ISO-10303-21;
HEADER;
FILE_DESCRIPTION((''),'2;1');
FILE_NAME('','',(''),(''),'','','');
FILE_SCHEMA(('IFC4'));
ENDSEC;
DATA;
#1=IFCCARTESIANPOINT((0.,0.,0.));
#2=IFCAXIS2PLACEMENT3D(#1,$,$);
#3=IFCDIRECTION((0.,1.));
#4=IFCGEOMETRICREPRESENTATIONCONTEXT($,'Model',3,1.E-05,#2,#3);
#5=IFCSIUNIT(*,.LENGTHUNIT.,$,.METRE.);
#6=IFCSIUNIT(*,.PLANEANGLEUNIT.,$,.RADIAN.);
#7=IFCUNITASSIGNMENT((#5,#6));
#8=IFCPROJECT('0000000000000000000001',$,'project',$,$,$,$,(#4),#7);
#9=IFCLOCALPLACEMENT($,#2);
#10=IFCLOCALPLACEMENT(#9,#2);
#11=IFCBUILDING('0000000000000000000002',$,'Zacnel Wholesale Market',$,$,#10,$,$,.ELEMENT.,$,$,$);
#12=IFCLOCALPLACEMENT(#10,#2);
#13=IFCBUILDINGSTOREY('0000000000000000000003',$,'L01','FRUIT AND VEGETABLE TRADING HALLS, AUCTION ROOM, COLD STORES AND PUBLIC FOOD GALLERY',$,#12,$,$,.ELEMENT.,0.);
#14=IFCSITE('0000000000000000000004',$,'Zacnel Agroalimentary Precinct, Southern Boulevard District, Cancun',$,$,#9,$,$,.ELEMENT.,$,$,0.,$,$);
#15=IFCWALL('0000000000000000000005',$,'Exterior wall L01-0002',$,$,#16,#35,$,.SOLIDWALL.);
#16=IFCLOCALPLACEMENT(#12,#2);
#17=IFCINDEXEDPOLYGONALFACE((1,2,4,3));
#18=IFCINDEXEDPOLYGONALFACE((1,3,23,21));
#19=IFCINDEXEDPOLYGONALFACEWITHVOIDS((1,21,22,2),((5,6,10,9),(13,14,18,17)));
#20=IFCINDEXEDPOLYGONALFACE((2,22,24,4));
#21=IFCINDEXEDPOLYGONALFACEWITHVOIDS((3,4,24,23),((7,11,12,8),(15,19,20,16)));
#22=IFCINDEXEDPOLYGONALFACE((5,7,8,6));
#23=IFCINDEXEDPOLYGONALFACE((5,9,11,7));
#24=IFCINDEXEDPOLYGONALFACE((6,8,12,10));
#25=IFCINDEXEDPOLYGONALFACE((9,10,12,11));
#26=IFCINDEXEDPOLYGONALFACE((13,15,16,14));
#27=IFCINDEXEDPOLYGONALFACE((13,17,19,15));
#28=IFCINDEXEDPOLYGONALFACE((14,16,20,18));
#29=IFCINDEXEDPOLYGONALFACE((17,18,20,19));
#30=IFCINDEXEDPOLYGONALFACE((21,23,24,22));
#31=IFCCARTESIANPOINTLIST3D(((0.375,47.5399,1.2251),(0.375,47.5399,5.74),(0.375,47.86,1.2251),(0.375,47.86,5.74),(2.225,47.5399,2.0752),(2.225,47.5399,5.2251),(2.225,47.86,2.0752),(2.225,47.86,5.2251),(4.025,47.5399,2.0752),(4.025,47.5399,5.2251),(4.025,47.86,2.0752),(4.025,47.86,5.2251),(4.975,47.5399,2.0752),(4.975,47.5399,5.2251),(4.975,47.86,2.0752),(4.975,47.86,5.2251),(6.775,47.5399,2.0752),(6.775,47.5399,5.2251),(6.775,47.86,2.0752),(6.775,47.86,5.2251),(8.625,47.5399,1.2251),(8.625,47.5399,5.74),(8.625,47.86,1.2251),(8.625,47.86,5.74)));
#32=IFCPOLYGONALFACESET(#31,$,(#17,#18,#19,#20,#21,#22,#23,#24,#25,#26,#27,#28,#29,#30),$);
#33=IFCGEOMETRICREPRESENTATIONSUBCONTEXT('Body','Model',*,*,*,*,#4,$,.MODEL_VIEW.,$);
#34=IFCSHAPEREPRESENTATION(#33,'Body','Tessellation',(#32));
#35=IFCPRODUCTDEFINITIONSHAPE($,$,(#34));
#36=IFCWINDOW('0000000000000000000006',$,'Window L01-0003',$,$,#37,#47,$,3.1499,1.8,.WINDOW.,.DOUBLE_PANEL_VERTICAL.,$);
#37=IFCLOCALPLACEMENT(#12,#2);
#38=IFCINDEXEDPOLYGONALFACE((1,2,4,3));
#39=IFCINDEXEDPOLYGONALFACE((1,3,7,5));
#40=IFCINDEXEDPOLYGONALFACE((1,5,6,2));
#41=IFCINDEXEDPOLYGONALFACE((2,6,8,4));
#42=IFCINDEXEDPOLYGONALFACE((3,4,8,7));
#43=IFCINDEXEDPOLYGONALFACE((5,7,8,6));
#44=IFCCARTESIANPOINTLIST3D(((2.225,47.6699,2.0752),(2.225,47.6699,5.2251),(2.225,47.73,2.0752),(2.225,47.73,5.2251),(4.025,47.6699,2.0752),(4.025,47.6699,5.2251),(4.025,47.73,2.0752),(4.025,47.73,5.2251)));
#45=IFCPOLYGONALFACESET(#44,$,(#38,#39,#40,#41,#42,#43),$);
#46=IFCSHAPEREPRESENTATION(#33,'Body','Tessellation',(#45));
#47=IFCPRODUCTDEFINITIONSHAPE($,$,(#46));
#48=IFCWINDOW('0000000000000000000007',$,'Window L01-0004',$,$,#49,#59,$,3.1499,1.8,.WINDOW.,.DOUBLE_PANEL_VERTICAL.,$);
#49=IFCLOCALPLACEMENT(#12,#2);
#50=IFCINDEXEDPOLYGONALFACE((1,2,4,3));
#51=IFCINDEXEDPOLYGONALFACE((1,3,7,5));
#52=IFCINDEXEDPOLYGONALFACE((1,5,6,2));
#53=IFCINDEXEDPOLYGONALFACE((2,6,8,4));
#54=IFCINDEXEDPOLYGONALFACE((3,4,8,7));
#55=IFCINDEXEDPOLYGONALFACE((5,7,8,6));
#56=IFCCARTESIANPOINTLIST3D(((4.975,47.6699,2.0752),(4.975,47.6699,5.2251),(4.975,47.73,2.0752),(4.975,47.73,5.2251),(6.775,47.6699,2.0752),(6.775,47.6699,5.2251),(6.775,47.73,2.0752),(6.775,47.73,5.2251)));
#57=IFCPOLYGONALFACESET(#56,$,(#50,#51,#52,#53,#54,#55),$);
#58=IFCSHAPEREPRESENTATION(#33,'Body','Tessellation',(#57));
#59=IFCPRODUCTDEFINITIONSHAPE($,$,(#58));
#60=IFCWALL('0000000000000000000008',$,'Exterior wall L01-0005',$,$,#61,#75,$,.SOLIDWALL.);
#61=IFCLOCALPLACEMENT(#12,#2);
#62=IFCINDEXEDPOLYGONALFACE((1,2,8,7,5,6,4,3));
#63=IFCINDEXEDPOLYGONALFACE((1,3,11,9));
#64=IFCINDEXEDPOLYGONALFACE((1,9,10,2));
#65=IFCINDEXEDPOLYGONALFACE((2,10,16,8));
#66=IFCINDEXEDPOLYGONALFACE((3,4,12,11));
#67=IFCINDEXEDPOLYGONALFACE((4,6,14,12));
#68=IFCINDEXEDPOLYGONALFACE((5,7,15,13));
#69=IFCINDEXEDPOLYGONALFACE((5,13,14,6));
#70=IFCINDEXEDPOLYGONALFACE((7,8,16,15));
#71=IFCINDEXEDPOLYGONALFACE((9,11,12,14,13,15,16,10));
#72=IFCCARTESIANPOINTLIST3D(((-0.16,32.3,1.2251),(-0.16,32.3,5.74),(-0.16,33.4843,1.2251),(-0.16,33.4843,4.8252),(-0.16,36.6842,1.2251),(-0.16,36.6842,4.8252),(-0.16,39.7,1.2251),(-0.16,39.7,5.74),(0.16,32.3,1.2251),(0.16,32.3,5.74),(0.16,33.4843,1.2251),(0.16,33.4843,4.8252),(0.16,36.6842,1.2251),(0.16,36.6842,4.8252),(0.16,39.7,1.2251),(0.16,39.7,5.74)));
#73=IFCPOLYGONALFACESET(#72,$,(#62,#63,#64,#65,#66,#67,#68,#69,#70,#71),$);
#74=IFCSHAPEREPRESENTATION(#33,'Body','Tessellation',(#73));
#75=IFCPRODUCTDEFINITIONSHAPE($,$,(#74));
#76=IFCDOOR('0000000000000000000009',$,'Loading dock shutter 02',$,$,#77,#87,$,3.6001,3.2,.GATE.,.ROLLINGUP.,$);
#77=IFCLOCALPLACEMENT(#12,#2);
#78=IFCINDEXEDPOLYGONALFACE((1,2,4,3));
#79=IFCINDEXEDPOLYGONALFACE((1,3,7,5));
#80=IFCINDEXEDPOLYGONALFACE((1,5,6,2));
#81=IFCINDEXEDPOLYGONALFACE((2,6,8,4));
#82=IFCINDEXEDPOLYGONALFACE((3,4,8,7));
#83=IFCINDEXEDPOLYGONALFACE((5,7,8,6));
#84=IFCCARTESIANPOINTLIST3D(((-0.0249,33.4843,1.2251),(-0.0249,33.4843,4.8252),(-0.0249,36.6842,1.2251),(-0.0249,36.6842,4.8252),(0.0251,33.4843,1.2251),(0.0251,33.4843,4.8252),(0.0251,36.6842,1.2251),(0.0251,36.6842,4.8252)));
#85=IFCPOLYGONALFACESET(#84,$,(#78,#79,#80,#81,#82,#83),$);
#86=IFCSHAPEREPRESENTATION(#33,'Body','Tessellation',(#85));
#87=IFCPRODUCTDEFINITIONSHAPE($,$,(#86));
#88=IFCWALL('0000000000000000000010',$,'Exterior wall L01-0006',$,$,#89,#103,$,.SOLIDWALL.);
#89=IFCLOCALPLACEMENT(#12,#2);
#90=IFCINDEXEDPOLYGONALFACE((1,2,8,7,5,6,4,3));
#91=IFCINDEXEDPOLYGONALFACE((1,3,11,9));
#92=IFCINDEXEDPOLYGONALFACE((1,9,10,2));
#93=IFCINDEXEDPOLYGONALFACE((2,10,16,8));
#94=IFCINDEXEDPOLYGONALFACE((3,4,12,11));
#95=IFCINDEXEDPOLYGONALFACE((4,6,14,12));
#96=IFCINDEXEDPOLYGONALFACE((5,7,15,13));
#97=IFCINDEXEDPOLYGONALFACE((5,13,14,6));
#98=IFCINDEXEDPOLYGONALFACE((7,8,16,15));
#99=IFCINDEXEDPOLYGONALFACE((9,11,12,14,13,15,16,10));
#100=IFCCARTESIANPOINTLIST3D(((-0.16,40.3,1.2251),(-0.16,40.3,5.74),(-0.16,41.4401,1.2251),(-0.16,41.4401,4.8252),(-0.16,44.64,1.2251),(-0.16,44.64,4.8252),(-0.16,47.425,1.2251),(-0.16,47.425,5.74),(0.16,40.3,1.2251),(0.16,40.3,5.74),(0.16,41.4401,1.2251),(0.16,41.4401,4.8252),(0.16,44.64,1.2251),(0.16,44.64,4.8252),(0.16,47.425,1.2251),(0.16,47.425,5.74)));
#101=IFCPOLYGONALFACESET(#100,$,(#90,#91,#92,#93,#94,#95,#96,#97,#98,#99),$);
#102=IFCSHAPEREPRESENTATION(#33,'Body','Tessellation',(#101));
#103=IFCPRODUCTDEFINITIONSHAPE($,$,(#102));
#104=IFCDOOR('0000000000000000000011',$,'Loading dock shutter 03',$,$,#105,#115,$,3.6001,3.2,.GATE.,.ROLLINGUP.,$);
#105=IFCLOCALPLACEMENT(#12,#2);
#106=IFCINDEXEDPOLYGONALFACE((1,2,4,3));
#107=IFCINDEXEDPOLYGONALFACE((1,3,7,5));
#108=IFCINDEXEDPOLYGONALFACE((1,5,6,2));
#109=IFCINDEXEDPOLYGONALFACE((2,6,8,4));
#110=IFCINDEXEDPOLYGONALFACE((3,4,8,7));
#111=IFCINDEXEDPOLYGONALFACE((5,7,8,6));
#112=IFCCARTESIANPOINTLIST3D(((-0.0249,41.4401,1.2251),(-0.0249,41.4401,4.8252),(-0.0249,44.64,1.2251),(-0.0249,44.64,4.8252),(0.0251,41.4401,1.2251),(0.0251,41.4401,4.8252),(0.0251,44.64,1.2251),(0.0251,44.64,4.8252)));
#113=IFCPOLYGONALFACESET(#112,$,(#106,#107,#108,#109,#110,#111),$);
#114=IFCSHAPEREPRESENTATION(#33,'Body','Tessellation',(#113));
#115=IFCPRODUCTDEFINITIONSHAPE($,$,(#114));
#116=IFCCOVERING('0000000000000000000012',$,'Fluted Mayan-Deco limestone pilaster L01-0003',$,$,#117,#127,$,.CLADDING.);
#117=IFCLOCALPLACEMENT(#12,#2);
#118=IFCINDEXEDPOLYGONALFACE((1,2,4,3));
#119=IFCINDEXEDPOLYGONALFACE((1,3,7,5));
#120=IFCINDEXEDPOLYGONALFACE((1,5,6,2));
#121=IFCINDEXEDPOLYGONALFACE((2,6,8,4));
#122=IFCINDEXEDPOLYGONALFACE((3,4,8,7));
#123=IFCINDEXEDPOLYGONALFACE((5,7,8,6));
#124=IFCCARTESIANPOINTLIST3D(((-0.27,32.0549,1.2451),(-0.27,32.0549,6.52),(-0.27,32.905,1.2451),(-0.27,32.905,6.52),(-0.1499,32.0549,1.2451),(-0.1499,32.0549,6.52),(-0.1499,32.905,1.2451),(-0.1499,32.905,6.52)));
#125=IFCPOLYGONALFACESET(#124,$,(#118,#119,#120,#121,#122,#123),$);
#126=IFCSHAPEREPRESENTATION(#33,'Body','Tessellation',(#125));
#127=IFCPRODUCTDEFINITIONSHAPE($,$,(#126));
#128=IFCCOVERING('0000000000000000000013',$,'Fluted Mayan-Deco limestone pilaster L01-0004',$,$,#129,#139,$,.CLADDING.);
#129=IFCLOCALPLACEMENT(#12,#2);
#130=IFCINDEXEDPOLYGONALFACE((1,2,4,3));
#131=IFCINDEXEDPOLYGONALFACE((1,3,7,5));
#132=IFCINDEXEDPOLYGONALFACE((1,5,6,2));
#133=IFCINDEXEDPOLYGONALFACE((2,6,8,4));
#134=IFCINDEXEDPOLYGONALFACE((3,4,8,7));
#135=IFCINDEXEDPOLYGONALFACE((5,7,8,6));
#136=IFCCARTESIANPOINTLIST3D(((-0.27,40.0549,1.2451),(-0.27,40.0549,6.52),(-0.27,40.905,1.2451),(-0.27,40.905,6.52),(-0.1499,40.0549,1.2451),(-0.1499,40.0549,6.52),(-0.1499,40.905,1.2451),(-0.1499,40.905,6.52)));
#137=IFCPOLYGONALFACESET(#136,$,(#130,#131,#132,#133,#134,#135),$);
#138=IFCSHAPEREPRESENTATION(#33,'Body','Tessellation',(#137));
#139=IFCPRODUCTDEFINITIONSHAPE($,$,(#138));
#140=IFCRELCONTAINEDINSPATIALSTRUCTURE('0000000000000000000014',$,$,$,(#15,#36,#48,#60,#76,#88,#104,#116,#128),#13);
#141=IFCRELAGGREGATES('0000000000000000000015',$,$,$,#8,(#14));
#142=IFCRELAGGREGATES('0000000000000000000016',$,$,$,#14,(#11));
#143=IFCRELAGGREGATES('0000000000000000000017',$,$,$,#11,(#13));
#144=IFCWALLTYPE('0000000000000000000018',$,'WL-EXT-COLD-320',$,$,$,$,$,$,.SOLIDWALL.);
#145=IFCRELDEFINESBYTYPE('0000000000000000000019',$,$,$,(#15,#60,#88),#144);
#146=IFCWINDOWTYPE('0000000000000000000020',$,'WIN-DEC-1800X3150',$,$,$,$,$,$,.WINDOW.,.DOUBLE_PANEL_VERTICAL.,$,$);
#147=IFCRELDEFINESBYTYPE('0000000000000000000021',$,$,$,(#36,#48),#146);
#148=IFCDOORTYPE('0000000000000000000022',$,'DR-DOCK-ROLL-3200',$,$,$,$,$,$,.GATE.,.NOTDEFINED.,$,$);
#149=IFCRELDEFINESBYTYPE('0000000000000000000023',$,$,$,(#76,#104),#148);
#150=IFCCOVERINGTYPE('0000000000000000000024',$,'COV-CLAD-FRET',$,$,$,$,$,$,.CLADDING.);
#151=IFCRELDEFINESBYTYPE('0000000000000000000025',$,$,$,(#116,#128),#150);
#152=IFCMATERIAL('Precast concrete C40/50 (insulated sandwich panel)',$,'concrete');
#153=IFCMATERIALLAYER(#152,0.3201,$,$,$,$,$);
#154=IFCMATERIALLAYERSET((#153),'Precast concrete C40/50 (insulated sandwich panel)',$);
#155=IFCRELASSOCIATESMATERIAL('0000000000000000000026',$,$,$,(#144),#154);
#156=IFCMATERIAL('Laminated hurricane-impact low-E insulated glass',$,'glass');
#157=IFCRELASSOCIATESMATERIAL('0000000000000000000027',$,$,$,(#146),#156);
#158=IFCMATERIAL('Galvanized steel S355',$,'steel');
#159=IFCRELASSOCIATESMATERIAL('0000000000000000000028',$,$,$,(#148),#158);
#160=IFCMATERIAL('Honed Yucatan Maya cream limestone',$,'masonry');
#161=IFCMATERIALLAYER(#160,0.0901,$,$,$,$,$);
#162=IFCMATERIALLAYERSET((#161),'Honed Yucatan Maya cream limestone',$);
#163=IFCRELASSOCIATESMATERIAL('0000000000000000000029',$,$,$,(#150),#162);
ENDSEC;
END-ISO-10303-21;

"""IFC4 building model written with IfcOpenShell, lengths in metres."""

from ifc_helpers import new_model, si_unit, direction, frame, frame_2d, origin, origin_2d, place, context, subcontext, project, spatial, rectangle, extrude, material, layer, layer_set, type_object, element, fill, save


model = new_model("IFC4")

# Units and contexts
model_context = context("Model", 3, precision=1e-05, world=origin(), true_north=direction((0.0, 1.0)))
body_context = subcontext(model_context, "Body", "Model", "MODEL_VIEW")
ifc_project = project(units=[si_unit("LENGTHUNIT", "METRE"), si_unit("PLANEANGLEUNIT", "RADIAN")], contexts=[model_context])

# Site, building, storey
site_placement = place(None, origin())
site = spatial("IfcSite", under=ifc_project, at=site_placement, Name="Zacnel Agroalimentary Precinct, Southern Boulevard District, Cancun", CompositionType="ELEMENT", RefElevation=0.0)
building_placement = place(site_placement, origin())
building = spatial("IfcBuilding", under=site, at=building_placement, Name="Zacnel Wholesale Market", CompositionType="ELEMENT")
storey_placement = place(building_placement, origin())
storey = spatial("IfcBuildingStorey", under=building, at=storey_placement, Name="L01", Description="FRUIT AND VEGETABLE TRADING HALLS, AUCTION ROOM, COLD STORES AND PUBLIC FOOD GALLERY", CompositionType="ELEMENT", Elevation=0.0)

# Wall, openings, windows
ifc_material_1 = material(Name="Precast concrete C40/50 (insulated sandwich panel)", Category="concrete")
ifc_layer_1 = layer(ifc_material_1, 0.3201)
ifc_layer_set_1 = layer_set([ifc_layer_1], Name="Precast concrete C40/50 (insulated sandwich panel)")
wall_type = type_object("IfcWallType", Name="WL-EXT-COLD-320", PredefinedType="SOLIDWALL", material=ifc_layer_set_1)
wall_1_placement = place(storey_placement, frame((0.375, 47.7, 1.2251), z_axis=(0.0, 0.0, 1.0), x_axis=(1.0, 0.0, 0.0)))
wall_1 = element("IfcWall", 1, at=wall_1_placement, inside=storey, type_object=wall_type, Name="Exterior wall L01-0002", PredefinedType="SOLIDWALL", context=body_context, shape_type="SweptSolid", body=[
    extrude(rectangle(XDim=8.25, YDim=0.3201, at=frame_2d((4.125, 0.0))), origin(), (0.0, 0.0, 1.0), 4.5149),
])
opening_1_placement = place(wall_1_placement, frame((1.8501, 0.0, 0.8501)))
opening_1 = element("IfcOpeningElement", 2, at=opening_1_placement, cuts=wall_1, PredefinedType="OPENING", context=body_context, shape_type="SweptSolid", body=[
    extrude(rectangle(XDim=1.8, YDim=3.1499, at=frame_2d((0.8999, 1.575))), frame((0.0, 0.1699, 0.0), z_axis=(0.0, -1.0, 0.0), x_axis=(1.0, 0.0, 0.0)), (0.0, 0.0, 1.0), 0.3401),
])
opening_2_placement = place(wall_1_placement, frame((4.6001, 0.0, 0.8501)))
opening_2 = element("IfcOpeningElement", 3, at=opening_2_placement, cuts=wall_1, PredefinedType="OPENING", context=body_context, shape_type="SweptSolid", body=[
    extrude(rectangle(XDim=1.8, YDim=3.1499, at=frame_2d((0.8999, 1.575))), frame((0.0, 0.1699, 0.0), z_axis=(0.0, -1.0, 0.0), x_axis=(1.0, 0.0, 0.0)), (0.0, 0.0, 1.0), 0.3401),
])
ifc_material_2 = material(Name="Laminated hurricane-impact low-E insulated glass", Category="glass")
window_type = type_object("IfcWindowType", Name="WIN-DEC-1800X3150", PartitioningType="DOUBLE_PANEL_VERTICAL", PredefinedType="WINDOW", material=ifc_material_2)
window_1_placement = place(opening_1_placement, origin())
window_1 = element("IfcWindow", 4, at=window_1_placement, inside=storey, type_object=window_type, Name="Window L01-0003", OverallHeight=3.1499, OverallWidth=1.8, PartitioningType="DOUBLE_PANEL_VERTICAL", PredefinedType="WINDOW", context=body_context, shape_type="SweptSolid", body=[
    extrude(rectangle(XDim=1.8, YDim=3.1499, at=frame_2d((0.8999, 1.575))), frame((0.0, 0.03, 0.0), z_axis=(0.0, -1.0, 0.0), x_axis=(1.0, 0.0, 0.0)), (0.0, 0.0, 1.0), 0.0601),
])
fill(opening_1, window_1)
window_2_placement = place(opening_2_placement, origin())
window_2 = element("IfcWindow", 5, at=window_2_placement, inside=storey, type_object=window_type, Name="Window L01-0004", OverallHeight=3.1499, OverallWidth=1.8, PartitioningType="DOUBLE_PANEL_VERTICAL", PredefinedType="WINDOW", context=body_context, shape_type="SweptSolid", body=[
    extrude(rectangle(XDim=1.8, YDim=3.1499, at=frame_2d((0.8999, 1.575))), frame((0.0, 0.03, 0.0), z_axis=(0.0, -1.0, 0.0), x_axis=(1.0, 0.0, 0.0)), (0.0, 0.0, 1.0), 0.0601),
])
fill(opening_2, window_2)

# Walls, openings, doors
wall_2_placement = place(storey_placement, frame((0.0, 32.3, 1.2251), z_axis=(0.0, 0.0, 1.0), x_axis=(0.0, 1.0, 0.0)))
wall_2 = element("IfcWall", 6, at=wall_2_placement, inside=storey, type_object=wall_type, Name="Exterior wall L01-0005", PredefinedType="SOLIDWALL", context=body_context, shape_type="SweptSolid", body=[
    extrude(rectangle(XDim=7.3999, YDim=0.3201, at=frame_2d((3.7, 0.0))), origin(), (0.0, 0.0, 1.0), 4.5149),
])
opening_3_placement = place(wall_2_placement, frame((1.1841, 0.0, 0.0)))
opening_3 = element("IfcOpeningElement", 7, at=opening_3_placement, cuts=wall_2, PredefinedType="OPENING", context=body_context, shape_type="SweptSolid", body=[
    extrude(rectangle(XDim=3.2, YDim=3.6001, at=frame_2d((1.6001, 1.8))), frame((0.0, 0.1699, 0.0), z_axis=(0.0, -1.0, 0.0), x_axis=(1.0, 0.0, 0.0)), (0.0, 0.0, 1.0), 0.3401),
])
ifc_material_3 = material(Name="Galvanized steel S355", Category="steel")
door_type = type_object("IfcDoorType", Name="DR-DOCK-ROLL-3200", OperationType="NOTDEFINED", PredefinedType="GATE", material=ifc_material_3)
door_1_placement = place(opening_3_placement, origin())
door_1 = element("IfcDoor", 8, at=door_1_placement, inside=storey, type_object=door_type, Name="Loading dock shutter 02", OperationType="ROLLINGUP", OverallHeight=3.6001, OverallWidth=3.2, PredefinedType="GATE", context=body_context, shape_type="SweptSolid", body=[
    extrude(rectangle(XDim=3.2, YDim=3.6001, at=frame_2d((1.6001, 1.8))), frame((0.0, 0.0249, 0.0), z_axis=(0.0, -1.0, 0.0), x_axis=(1.0, 0.0, 0.0)), (0.0, 0.0, 1.0), 0.05),
])
fill(opening_3, door_1)
wall_3_placement = place(storey_placement, frame((0.0, 40.3, 1.2251), z_axis=(0.0, 0.0, 1.0), x_axis=(0.0, 1.0, 0.0)))
wall_3 = element("IfcWall", 9, at=wall_3_placement, inside=storey, type_object=wall_type, Name="Exterior wall L01-0006", PredefinedType="SOLIDWALL", context=body_context, shape_type="SweptSolid", body=[
    extrude(rectangle(XDim=7.125, YDim=0.3201, at=frame_2d((3.5625, 0.0))), origin(), (0.0, 0.0, 1.0), 4.5149),
])
opening_4_placement = place(wall_3_placement, frame((1.1399, 0.0, 0.0)))
opening_4 = element("IfcOpeningElement", 10, at=opening_4_placement, cuts=wall_3, PredefinedType="OPENING", context=body_context, shape_type="SweptSolid", body=[
    extrude(rectangle(XDim=3.2, YDim=3.6001, at=frame_2d((1.6001, 1.8))), frame((0.0, 0.1699, 0.0), z_axis=(0.0, -1.0, 0.0), x_axis=(1.0, 0.0, 0.0)), (0.0, 0.0, 1.0), 0.3401),
])
door_2_placement = place(opening_4_placement, origin())
door_2 = element("IfcDoor", 11, at=door_2_placement, inside=storey, type_object=door_type, Name="Loading dock shutter 03", OperationType="ROLLINGUP", OverallHeight=3.6001, OverallWidth=3.2, PredefinedType="GATE", context=body_context, shape_type="SweptSolid", body=[
    extrude(rectangle(XDim=3.2, YDim=3.6001, at=frame_2d((1.6001, 1.8))), frame((0.0, 0.0249, 0.0), z_axis=(0.0, -1.0, 0.0), x_axis=(1.0, 0.0, 0.0)), (0.0, 0.0, 1.0), 0.05),
])
fill(opening_4, door_2)

# Coverings
ifc_material_4 = material(Name="Honed Yucatan Maya cream limestone", Category="masonry")
ifc_layer_2 = layer(ifc_material_4, 0.0901)
ifc_layer_set_2 = layer_set([ifc_layer_2], Name="Honed Yucatan Maya cream limestone")
covering_type = type_object("IfcCoveringType", Name="COV-CLAD-FRET", PredefinedType="CLADDING", material=ifc_layer_set_2)
for number, where, z_axis, x_axis, name in (
    (12, (-0.21, 32.48, 1.2451), (0.0, 0.0, 1.0), (0.0, 1.0, 0.0), "Fluted Mayan-Deco limestone pilaster L01-0003"),
    (13, (-0.21, 40.48, 1.2451), (0.0, 0.0, 1.0), (0.0, 1.0, 0.0), "Fluted Mayan-Deco limestone pilaster L01-0004"),
):
    element("IfcCovering", number, at=place(storey_placement, frame(where, z_axis=z_axis, x_axis=x_axis)), inside=storey, type_object=covering_type, Name=name, PredefinedType="CLADDING", context=body_context, shape_type="SweptSolid", body=[
        extrude(rectangle(XDim=0.8501, YDim=0.1201, at=origin_2d()), origin(), (0.0, 0.0, 1.0), 5.2749),
    ])

save(model, "model.ifc")
